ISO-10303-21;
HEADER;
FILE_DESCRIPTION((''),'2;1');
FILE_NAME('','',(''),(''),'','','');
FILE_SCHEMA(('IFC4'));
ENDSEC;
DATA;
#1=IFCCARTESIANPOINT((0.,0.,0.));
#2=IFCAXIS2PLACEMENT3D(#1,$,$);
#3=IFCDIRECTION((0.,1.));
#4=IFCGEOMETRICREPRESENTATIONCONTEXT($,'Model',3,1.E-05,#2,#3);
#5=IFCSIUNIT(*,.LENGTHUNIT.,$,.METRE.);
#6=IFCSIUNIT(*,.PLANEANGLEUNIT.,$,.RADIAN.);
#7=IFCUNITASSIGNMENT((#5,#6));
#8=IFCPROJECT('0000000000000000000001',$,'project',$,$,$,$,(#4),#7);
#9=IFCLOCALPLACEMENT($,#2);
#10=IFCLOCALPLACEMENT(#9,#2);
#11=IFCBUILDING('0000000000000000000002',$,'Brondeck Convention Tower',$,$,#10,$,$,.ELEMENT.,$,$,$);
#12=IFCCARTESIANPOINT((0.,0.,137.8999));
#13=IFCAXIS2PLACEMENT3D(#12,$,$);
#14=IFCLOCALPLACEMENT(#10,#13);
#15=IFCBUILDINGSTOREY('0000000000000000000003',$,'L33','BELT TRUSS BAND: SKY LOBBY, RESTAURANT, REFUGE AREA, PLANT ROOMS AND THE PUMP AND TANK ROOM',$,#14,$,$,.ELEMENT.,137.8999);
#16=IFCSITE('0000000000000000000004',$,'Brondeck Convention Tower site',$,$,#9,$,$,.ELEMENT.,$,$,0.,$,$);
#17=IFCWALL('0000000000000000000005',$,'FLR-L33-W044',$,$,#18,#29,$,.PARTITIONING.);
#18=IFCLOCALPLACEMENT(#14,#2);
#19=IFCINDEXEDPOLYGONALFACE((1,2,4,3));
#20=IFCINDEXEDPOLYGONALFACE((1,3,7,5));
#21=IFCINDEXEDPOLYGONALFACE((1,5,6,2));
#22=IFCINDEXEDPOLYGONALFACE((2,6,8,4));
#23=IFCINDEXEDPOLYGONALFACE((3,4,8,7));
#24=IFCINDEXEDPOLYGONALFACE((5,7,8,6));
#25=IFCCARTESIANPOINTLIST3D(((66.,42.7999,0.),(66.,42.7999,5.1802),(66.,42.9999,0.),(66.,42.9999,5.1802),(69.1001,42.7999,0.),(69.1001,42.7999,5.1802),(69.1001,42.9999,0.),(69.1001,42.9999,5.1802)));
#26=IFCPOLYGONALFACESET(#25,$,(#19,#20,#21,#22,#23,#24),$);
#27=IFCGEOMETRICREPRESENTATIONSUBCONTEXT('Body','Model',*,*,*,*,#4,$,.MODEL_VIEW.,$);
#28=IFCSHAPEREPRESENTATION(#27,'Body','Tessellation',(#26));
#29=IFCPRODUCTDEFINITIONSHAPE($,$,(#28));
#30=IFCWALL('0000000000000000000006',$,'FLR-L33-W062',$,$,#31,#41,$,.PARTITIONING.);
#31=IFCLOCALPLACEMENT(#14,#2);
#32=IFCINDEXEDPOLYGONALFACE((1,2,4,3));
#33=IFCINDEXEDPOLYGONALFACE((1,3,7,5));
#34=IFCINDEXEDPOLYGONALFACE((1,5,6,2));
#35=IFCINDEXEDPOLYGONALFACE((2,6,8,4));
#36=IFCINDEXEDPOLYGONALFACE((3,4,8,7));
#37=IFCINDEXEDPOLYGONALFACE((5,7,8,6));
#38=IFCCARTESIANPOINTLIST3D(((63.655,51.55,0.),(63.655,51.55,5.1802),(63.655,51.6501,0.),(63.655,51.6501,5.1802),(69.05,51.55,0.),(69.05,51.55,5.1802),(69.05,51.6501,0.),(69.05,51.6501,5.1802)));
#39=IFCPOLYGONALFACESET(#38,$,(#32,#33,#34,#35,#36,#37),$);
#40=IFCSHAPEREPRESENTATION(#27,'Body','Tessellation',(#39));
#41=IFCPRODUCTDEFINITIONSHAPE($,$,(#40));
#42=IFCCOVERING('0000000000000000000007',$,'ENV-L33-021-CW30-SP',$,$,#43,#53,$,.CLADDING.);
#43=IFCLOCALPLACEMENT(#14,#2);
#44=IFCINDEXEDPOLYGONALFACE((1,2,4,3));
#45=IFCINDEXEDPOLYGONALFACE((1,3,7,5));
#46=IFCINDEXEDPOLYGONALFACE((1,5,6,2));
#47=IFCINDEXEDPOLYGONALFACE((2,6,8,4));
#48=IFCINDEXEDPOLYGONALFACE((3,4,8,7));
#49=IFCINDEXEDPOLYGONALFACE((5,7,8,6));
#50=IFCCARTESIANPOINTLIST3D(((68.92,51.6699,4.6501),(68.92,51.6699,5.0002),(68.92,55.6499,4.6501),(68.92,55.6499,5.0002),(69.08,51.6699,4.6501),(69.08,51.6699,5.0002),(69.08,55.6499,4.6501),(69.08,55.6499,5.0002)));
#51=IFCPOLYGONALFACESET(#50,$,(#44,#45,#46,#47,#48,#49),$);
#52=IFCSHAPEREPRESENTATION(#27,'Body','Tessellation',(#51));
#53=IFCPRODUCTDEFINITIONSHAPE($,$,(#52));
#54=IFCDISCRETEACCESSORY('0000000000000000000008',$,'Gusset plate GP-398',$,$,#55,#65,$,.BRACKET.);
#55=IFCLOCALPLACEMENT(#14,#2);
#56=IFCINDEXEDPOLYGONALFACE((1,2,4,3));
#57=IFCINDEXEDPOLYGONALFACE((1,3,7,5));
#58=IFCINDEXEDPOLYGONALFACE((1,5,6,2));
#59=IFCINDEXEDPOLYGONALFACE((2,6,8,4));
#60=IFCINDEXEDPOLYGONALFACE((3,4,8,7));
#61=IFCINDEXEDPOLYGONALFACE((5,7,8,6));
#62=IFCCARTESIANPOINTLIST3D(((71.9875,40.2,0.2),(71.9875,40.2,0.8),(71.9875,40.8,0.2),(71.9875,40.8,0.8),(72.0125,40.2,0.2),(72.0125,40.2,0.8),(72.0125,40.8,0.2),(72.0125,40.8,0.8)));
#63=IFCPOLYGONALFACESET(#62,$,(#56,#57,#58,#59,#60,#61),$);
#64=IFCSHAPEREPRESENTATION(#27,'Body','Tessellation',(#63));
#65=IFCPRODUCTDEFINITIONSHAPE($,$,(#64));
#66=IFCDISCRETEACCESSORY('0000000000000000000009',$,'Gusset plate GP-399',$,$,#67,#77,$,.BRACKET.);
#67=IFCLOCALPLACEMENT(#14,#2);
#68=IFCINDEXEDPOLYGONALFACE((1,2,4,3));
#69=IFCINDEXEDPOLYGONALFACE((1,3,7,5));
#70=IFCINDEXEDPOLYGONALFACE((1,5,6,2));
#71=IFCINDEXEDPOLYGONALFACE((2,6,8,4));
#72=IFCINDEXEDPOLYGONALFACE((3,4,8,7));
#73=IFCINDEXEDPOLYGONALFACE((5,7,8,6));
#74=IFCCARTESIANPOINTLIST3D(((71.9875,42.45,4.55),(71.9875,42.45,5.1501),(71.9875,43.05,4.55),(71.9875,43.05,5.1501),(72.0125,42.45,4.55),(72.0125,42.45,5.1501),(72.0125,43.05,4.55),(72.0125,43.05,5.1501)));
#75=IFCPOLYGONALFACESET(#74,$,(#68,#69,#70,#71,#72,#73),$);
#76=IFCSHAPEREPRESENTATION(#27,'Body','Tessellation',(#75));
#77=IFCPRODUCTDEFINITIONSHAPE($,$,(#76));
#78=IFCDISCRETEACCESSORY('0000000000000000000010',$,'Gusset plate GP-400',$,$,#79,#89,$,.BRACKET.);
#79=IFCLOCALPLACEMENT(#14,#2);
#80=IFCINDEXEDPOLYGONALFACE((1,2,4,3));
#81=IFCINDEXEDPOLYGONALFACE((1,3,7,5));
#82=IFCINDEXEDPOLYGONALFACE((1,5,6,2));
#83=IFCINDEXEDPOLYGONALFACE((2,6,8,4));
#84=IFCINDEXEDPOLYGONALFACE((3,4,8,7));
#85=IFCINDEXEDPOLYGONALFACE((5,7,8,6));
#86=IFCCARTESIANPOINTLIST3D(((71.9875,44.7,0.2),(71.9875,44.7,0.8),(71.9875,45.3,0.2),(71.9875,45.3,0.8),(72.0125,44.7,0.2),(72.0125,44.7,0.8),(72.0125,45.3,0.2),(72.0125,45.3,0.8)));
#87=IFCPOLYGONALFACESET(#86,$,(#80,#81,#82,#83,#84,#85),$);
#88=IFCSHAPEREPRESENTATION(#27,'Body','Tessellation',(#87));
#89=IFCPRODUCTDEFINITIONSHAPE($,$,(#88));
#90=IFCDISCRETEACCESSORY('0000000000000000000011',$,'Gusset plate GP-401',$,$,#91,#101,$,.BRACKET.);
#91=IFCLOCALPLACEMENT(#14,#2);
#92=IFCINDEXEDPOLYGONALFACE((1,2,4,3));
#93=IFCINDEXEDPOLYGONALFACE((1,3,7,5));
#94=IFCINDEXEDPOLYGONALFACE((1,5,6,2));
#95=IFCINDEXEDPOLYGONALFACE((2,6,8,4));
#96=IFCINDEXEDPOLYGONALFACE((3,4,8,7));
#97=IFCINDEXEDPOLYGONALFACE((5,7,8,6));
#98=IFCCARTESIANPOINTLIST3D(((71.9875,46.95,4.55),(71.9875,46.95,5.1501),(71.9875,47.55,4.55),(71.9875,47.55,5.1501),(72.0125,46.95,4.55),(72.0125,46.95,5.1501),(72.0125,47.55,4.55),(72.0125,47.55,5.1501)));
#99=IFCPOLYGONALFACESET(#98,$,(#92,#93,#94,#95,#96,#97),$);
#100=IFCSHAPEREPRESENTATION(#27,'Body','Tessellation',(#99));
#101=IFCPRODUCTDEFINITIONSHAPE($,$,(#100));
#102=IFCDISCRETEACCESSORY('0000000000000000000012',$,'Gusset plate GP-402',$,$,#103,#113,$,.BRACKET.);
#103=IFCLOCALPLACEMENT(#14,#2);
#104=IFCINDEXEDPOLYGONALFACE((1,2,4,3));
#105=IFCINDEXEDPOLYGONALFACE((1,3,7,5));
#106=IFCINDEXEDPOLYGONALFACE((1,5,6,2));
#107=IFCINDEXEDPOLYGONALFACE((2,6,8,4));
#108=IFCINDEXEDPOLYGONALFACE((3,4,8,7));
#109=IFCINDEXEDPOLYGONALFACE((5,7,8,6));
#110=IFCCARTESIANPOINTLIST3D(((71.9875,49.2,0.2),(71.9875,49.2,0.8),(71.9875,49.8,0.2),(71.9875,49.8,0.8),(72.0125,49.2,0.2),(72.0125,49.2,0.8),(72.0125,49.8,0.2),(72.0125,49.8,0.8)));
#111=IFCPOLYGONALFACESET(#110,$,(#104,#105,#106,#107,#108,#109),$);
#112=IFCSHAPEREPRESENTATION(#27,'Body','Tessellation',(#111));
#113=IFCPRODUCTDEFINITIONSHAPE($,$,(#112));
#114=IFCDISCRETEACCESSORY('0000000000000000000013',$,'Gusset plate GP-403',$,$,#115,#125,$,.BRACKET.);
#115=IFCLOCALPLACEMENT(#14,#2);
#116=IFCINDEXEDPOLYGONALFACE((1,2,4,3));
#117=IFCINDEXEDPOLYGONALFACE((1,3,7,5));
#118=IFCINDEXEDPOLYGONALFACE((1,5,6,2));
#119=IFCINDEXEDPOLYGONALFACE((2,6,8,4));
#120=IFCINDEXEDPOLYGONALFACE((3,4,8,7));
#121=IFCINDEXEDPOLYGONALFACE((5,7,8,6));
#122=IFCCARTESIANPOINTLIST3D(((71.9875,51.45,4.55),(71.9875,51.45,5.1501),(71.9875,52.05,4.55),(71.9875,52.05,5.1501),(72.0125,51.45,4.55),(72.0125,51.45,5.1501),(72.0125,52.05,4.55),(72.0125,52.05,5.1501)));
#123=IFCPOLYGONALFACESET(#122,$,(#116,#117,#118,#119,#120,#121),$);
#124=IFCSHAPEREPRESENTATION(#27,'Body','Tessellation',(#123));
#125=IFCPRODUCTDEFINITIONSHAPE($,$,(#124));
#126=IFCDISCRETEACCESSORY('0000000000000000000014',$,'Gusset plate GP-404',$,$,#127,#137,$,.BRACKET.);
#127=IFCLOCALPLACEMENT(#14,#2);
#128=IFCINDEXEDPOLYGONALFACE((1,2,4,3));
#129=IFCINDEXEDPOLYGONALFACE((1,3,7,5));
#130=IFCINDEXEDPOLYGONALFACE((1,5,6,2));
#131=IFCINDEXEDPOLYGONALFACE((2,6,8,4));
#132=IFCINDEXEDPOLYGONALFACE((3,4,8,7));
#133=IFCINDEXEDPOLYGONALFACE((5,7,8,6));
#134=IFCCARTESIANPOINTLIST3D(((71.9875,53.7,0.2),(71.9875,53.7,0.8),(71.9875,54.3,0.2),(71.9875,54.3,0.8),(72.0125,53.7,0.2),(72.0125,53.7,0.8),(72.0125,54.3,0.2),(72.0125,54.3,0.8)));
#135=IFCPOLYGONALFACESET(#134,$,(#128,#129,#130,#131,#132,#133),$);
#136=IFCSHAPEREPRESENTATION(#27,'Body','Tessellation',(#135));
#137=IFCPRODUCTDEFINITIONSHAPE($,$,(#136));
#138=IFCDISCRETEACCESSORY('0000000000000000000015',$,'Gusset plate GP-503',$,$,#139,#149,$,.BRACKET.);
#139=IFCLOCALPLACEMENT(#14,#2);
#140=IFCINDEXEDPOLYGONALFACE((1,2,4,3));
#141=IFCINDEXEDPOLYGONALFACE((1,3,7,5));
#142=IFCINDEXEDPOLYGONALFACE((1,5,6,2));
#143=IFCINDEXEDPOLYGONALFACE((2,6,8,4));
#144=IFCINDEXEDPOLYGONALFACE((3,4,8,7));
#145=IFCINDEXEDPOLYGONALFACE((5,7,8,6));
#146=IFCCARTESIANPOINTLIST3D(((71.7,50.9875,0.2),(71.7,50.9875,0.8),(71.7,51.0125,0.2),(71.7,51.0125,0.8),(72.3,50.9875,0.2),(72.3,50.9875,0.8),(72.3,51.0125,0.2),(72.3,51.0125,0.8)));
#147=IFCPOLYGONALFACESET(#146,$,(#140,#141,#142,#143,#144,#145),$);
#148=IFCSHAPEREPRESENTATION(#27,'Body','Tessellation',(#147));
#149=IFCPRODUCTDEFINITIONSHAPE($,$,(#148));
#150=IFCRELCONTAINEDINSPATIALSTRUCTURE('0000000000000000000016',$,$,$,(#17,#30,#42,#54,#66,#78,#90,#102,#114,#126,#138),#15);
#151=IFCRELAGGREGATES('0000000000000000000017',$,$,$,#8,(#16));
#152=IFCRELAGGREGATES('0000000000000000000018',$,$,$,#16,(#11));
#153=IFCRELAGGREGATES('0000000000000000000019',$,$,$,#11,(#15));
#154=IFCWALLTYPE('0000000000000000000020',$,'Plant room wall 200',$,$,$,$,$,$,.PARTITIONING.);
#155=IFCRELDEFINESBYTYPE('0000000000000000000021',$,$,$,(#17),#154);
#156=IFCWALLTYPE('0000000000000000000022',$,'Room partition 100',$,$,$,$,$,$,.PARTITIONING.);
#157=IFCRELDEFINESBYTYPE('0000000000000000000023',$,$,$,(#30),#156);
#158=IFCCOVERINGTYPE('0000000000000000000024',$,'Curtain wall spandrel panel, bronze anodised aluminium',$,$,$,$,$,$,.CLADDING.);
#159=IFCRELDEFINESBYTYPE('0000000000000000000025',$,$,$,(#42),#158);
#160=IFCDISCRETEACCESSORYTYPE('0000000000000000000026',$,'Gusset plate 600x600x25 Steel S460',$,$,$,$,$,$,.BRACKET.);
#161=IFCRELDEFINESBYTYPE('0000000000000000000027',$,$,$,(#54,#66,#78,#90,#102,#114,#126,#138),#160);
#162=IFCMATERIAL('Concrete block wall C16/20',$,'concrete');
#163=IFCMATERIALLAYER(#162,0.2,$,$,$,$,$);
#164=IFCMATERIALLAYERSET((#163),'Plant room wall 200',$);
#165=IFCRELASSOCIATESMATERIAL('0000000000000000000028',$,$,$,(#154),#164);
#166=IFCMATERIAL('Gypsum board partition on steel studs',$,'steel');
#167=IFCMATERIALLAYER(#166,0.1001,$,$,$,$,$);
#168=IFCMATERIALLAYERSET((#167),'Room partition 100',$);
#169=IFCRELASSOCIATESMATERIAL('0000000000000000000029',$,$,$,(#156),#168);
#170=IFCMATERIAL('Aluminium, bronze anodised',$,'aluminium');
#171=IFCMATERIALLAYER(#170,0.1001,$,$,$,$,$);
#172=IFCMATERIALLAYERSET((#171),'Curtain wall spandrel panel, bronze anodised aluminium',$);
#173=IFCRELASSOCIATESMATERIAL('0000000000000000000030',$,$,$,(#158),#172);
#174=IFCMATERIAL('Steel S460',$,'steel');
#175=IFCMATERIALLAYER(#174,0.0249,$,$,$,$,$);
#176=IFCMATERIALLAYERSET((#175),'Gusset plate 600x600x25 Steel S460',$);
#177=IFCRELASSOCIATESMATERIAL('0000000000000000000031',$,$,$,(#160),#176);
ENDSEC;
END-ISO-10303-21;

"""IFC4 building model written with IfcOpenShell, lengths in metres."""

from ifc_helpers import new_model, si_unit, direction, frame, frame_2d, origin, origin_2d, place, context, subcontext, project, spatial, rectangle, extrude, material, layer, layer_set, type_object, element, save


model = new_model("IFC4")

# Units and contexts
model_context = context("Model", 3, precision=1e-05, world=origin(), true_north=direction((0.0, 1.0)))
body_context = subcontext(model_context, "Body", "Model", "MODEL_VIEW")
ifc_project = project(units=[si_unit("LENGTHUNIT", "METRE"), si_unit("PLANEANGLEUNIT", "RADIAN")], contexts=[model_context])

# Site, building, storey
site_placement = place(None, origin())
site = spatial("IfcSite", under=ifc_project, at=site_placement, Name="Brondeck Convention Tower site", CompositionType="ELEMENT", RefElevation=0.0)
building_placement = place(site_placement, origin())
building = spatial("IfcBuilding", under=site, at=building_placement, Name="Brondeck Convention Tower", CompositionType="ELEMENT")
storey_placement = place(building_placement, frame((0.0, 0.0, 137.8999)))
storey = spatial("IfcBuildingStorey", under=building, at=storey_placement, Name="L33", Description="BELT TRUSS BAND: SKY LOBBY, RESTAURANT, REFUGE AREA, PLANT ROOMS AND THE PUMP AND TANK ROOM", CompositionType="ELEMENT", Elevation=137.8999)

# Shared definitions
ifc_material_1 = material(Name="Aluminium, bronze anodised", Category="aluminium")

# Shared definitions
ifc_material_2 = material(Name="Steel S460", Category="steel")

# Walls
ifc_material_3 = material(Name="Concrete block wall C16/20", Category="concrete")
ifc_layer_1 = layer(ifc_material_3, 0.2)
ifc_layer_set_1 = layer_set([ifc_layer_1], Name="Plant room wall 200")
wall_type_1 = type_object("IfcWallType", Name="Plant room wall 200", PredefinedType="PARTITIONING", material=ifc_layer_set_1)
wall_1_placement = place(storey_placement, frame((69.1001, 42.8999, 0.0), z_axis=(0.0, 0.0, 1.0), x_axis=(-1.0, 0.0, 0.0)))
element("IfcWall", 1, at=wall_1_placement, inside=storey, type_object=wall_type_1, Name="FLR-L33-W044", PredefinedType="PARTITIONING", context=body_context, shape_type="SweptSolid", body=[
    extrude(rectangle(XDim=3.1001, YDim=0.2, at=frame_2d((1.55, 0.0))), origin(), (0.0, 0.0, 1.0), 5.1802),
])
ifc_material_4 = material(Name="Gypsum board partition on steel studs", Category="steel")
ifc_layer_2 = layer(ifc_material_4, 0.1001)
ifc_layer_set_2 = layer_set([ifc_layer_2], Name="Room partition 100")
wall_type_2 = type_object("IfcWallType", Name="Room partition 100", PredefinedType="PARTITIONING", material=ifc_layer_set_2)
wall_2_placement = place(storey_placement, frame((69.05, 51.6001, 0.0), z_axis=(0.0, 0.0, 1.0), x_axis=(-1.0, 0.0, 0.0)))
element("IfcWall", 2, at=wall_2_placement, inside=storey, type_object=wall_type_2, Name="FLR-L33-W062", PredefinedType="PARTITIONING", context=body_context, shape_type="SweptSolid", body=[
    extrude(rectangle(XDim=5.395, YDim=0.1001, at=frame_2d((2.6975, 0.0))), origin(), (0.0, 0.0, 1.0), 5.1802),
])

# Covering
ifc_layer_3 = layer(ifc_material_1, 0.1001)
ifc_layer_set_3 = layer_set([ifc_layer_3], Name="Curtain wall spandrel panel, bronze anodised aluminium")
covering_type = type_object("IfcCoveringType", Name="Curtain wall spandrel panel, bronze anodised aluminium", PredefinedType="CLADDING", material=ifc_layer_set_3)
covering_placement = place(storey_placement, frame((69.0, 53.6599, 4.6501), z_axis=(0.0, 0.0, 1.0), x_axis=(0.0, -1.0, 0.0)))
element("IfcCovering", 3, at=covering_placement, inside=storey, type_object=covering_type, Name="ENV-L33-021-CW30-SP", PredefinedType="CLADDING", context=body_context, shape_type="SweptSolid", body=[
    extrude(rectangle(XDim=3.98, YDim=0.1599, at=origin_2d()), origin(), (0.0, 0.0, 1.0), 0.3501),
])

# Discrete accessories
ifc_layer_4 = layer(ifc_material_2, 0.0249)
ifc_layer_set_4 = layer_set([ifc_layer_4], Name="Gusset plate 600x600x25 Steel S460")
discrete_accessory_type = type_object("IfcDiscreteAccessoryType", Name="Gusset plate 600x600x25 Steel S460", PredefinedType="BRACKET", material=ifc_layer_set_4)
for number, where, z_axis, x_axis, name in (
    (4, (72.0, 40.5, 0.2), (0.0, 0.0, 1.0), (0.0, 1.0, 0.0), "Gusset plate GP-398"),
    (5, (72.0, 42.75, 4.55), (0.0, 0.0, 1.0), (0.0, 1.0, 0.0), "Gusset plate GP-399"),
    (6, (72.0, 45.0, 0.2), (0.0, 0.0, 1.0), (0.0, 1.0, 0.0), "Gusset plate GP-400"),
    (7, (72.0, 47.25, 4.55), (0.0, 0.0, 1.0), (0.0, 1.0, 0.0), "Gusset plate GP-401"),
    (8, (72.0, 49.5, 0.2), (0.0, 0.0, 1.0), (0.0, 1.0, 0.0), "Gusset plate GP-402"),
    (9, (72.0, 51.75, 4.55), (0.0, 0.0, 1.0), (0.0, 1.0, 0.0), "Gusset plate GP-403"),
    (10, (72.0, 54.0, 0.2), (0.0, 0.0, 1.0), (0.0, 1.0, 0.0), "Gusset plate GP-404"),
    (11, (72.0, 51.0, 0.2), (0.0, 0.0, 1.0), (1.0, 0.0, 0.0), "Gusset plate GP-503"),
):
    element("IfcDiscreteAccessory", number, at=place(storey_placement, frame(where, z_axis=z_axis, x_axis=x_axis)), inside=storey, type_object=discrete_accessory_type, Name=name, PredefinedType="BRACKET", context=body_context, shape_type="SweptSolid", body=[
        extrude(rectangle(XDim=0.6001, YDim=0.0249, at=origin_2d()), origin(), (0.0, 0.0, 1.0), 0.6001),
    ])

save(model, "model.ifc")
